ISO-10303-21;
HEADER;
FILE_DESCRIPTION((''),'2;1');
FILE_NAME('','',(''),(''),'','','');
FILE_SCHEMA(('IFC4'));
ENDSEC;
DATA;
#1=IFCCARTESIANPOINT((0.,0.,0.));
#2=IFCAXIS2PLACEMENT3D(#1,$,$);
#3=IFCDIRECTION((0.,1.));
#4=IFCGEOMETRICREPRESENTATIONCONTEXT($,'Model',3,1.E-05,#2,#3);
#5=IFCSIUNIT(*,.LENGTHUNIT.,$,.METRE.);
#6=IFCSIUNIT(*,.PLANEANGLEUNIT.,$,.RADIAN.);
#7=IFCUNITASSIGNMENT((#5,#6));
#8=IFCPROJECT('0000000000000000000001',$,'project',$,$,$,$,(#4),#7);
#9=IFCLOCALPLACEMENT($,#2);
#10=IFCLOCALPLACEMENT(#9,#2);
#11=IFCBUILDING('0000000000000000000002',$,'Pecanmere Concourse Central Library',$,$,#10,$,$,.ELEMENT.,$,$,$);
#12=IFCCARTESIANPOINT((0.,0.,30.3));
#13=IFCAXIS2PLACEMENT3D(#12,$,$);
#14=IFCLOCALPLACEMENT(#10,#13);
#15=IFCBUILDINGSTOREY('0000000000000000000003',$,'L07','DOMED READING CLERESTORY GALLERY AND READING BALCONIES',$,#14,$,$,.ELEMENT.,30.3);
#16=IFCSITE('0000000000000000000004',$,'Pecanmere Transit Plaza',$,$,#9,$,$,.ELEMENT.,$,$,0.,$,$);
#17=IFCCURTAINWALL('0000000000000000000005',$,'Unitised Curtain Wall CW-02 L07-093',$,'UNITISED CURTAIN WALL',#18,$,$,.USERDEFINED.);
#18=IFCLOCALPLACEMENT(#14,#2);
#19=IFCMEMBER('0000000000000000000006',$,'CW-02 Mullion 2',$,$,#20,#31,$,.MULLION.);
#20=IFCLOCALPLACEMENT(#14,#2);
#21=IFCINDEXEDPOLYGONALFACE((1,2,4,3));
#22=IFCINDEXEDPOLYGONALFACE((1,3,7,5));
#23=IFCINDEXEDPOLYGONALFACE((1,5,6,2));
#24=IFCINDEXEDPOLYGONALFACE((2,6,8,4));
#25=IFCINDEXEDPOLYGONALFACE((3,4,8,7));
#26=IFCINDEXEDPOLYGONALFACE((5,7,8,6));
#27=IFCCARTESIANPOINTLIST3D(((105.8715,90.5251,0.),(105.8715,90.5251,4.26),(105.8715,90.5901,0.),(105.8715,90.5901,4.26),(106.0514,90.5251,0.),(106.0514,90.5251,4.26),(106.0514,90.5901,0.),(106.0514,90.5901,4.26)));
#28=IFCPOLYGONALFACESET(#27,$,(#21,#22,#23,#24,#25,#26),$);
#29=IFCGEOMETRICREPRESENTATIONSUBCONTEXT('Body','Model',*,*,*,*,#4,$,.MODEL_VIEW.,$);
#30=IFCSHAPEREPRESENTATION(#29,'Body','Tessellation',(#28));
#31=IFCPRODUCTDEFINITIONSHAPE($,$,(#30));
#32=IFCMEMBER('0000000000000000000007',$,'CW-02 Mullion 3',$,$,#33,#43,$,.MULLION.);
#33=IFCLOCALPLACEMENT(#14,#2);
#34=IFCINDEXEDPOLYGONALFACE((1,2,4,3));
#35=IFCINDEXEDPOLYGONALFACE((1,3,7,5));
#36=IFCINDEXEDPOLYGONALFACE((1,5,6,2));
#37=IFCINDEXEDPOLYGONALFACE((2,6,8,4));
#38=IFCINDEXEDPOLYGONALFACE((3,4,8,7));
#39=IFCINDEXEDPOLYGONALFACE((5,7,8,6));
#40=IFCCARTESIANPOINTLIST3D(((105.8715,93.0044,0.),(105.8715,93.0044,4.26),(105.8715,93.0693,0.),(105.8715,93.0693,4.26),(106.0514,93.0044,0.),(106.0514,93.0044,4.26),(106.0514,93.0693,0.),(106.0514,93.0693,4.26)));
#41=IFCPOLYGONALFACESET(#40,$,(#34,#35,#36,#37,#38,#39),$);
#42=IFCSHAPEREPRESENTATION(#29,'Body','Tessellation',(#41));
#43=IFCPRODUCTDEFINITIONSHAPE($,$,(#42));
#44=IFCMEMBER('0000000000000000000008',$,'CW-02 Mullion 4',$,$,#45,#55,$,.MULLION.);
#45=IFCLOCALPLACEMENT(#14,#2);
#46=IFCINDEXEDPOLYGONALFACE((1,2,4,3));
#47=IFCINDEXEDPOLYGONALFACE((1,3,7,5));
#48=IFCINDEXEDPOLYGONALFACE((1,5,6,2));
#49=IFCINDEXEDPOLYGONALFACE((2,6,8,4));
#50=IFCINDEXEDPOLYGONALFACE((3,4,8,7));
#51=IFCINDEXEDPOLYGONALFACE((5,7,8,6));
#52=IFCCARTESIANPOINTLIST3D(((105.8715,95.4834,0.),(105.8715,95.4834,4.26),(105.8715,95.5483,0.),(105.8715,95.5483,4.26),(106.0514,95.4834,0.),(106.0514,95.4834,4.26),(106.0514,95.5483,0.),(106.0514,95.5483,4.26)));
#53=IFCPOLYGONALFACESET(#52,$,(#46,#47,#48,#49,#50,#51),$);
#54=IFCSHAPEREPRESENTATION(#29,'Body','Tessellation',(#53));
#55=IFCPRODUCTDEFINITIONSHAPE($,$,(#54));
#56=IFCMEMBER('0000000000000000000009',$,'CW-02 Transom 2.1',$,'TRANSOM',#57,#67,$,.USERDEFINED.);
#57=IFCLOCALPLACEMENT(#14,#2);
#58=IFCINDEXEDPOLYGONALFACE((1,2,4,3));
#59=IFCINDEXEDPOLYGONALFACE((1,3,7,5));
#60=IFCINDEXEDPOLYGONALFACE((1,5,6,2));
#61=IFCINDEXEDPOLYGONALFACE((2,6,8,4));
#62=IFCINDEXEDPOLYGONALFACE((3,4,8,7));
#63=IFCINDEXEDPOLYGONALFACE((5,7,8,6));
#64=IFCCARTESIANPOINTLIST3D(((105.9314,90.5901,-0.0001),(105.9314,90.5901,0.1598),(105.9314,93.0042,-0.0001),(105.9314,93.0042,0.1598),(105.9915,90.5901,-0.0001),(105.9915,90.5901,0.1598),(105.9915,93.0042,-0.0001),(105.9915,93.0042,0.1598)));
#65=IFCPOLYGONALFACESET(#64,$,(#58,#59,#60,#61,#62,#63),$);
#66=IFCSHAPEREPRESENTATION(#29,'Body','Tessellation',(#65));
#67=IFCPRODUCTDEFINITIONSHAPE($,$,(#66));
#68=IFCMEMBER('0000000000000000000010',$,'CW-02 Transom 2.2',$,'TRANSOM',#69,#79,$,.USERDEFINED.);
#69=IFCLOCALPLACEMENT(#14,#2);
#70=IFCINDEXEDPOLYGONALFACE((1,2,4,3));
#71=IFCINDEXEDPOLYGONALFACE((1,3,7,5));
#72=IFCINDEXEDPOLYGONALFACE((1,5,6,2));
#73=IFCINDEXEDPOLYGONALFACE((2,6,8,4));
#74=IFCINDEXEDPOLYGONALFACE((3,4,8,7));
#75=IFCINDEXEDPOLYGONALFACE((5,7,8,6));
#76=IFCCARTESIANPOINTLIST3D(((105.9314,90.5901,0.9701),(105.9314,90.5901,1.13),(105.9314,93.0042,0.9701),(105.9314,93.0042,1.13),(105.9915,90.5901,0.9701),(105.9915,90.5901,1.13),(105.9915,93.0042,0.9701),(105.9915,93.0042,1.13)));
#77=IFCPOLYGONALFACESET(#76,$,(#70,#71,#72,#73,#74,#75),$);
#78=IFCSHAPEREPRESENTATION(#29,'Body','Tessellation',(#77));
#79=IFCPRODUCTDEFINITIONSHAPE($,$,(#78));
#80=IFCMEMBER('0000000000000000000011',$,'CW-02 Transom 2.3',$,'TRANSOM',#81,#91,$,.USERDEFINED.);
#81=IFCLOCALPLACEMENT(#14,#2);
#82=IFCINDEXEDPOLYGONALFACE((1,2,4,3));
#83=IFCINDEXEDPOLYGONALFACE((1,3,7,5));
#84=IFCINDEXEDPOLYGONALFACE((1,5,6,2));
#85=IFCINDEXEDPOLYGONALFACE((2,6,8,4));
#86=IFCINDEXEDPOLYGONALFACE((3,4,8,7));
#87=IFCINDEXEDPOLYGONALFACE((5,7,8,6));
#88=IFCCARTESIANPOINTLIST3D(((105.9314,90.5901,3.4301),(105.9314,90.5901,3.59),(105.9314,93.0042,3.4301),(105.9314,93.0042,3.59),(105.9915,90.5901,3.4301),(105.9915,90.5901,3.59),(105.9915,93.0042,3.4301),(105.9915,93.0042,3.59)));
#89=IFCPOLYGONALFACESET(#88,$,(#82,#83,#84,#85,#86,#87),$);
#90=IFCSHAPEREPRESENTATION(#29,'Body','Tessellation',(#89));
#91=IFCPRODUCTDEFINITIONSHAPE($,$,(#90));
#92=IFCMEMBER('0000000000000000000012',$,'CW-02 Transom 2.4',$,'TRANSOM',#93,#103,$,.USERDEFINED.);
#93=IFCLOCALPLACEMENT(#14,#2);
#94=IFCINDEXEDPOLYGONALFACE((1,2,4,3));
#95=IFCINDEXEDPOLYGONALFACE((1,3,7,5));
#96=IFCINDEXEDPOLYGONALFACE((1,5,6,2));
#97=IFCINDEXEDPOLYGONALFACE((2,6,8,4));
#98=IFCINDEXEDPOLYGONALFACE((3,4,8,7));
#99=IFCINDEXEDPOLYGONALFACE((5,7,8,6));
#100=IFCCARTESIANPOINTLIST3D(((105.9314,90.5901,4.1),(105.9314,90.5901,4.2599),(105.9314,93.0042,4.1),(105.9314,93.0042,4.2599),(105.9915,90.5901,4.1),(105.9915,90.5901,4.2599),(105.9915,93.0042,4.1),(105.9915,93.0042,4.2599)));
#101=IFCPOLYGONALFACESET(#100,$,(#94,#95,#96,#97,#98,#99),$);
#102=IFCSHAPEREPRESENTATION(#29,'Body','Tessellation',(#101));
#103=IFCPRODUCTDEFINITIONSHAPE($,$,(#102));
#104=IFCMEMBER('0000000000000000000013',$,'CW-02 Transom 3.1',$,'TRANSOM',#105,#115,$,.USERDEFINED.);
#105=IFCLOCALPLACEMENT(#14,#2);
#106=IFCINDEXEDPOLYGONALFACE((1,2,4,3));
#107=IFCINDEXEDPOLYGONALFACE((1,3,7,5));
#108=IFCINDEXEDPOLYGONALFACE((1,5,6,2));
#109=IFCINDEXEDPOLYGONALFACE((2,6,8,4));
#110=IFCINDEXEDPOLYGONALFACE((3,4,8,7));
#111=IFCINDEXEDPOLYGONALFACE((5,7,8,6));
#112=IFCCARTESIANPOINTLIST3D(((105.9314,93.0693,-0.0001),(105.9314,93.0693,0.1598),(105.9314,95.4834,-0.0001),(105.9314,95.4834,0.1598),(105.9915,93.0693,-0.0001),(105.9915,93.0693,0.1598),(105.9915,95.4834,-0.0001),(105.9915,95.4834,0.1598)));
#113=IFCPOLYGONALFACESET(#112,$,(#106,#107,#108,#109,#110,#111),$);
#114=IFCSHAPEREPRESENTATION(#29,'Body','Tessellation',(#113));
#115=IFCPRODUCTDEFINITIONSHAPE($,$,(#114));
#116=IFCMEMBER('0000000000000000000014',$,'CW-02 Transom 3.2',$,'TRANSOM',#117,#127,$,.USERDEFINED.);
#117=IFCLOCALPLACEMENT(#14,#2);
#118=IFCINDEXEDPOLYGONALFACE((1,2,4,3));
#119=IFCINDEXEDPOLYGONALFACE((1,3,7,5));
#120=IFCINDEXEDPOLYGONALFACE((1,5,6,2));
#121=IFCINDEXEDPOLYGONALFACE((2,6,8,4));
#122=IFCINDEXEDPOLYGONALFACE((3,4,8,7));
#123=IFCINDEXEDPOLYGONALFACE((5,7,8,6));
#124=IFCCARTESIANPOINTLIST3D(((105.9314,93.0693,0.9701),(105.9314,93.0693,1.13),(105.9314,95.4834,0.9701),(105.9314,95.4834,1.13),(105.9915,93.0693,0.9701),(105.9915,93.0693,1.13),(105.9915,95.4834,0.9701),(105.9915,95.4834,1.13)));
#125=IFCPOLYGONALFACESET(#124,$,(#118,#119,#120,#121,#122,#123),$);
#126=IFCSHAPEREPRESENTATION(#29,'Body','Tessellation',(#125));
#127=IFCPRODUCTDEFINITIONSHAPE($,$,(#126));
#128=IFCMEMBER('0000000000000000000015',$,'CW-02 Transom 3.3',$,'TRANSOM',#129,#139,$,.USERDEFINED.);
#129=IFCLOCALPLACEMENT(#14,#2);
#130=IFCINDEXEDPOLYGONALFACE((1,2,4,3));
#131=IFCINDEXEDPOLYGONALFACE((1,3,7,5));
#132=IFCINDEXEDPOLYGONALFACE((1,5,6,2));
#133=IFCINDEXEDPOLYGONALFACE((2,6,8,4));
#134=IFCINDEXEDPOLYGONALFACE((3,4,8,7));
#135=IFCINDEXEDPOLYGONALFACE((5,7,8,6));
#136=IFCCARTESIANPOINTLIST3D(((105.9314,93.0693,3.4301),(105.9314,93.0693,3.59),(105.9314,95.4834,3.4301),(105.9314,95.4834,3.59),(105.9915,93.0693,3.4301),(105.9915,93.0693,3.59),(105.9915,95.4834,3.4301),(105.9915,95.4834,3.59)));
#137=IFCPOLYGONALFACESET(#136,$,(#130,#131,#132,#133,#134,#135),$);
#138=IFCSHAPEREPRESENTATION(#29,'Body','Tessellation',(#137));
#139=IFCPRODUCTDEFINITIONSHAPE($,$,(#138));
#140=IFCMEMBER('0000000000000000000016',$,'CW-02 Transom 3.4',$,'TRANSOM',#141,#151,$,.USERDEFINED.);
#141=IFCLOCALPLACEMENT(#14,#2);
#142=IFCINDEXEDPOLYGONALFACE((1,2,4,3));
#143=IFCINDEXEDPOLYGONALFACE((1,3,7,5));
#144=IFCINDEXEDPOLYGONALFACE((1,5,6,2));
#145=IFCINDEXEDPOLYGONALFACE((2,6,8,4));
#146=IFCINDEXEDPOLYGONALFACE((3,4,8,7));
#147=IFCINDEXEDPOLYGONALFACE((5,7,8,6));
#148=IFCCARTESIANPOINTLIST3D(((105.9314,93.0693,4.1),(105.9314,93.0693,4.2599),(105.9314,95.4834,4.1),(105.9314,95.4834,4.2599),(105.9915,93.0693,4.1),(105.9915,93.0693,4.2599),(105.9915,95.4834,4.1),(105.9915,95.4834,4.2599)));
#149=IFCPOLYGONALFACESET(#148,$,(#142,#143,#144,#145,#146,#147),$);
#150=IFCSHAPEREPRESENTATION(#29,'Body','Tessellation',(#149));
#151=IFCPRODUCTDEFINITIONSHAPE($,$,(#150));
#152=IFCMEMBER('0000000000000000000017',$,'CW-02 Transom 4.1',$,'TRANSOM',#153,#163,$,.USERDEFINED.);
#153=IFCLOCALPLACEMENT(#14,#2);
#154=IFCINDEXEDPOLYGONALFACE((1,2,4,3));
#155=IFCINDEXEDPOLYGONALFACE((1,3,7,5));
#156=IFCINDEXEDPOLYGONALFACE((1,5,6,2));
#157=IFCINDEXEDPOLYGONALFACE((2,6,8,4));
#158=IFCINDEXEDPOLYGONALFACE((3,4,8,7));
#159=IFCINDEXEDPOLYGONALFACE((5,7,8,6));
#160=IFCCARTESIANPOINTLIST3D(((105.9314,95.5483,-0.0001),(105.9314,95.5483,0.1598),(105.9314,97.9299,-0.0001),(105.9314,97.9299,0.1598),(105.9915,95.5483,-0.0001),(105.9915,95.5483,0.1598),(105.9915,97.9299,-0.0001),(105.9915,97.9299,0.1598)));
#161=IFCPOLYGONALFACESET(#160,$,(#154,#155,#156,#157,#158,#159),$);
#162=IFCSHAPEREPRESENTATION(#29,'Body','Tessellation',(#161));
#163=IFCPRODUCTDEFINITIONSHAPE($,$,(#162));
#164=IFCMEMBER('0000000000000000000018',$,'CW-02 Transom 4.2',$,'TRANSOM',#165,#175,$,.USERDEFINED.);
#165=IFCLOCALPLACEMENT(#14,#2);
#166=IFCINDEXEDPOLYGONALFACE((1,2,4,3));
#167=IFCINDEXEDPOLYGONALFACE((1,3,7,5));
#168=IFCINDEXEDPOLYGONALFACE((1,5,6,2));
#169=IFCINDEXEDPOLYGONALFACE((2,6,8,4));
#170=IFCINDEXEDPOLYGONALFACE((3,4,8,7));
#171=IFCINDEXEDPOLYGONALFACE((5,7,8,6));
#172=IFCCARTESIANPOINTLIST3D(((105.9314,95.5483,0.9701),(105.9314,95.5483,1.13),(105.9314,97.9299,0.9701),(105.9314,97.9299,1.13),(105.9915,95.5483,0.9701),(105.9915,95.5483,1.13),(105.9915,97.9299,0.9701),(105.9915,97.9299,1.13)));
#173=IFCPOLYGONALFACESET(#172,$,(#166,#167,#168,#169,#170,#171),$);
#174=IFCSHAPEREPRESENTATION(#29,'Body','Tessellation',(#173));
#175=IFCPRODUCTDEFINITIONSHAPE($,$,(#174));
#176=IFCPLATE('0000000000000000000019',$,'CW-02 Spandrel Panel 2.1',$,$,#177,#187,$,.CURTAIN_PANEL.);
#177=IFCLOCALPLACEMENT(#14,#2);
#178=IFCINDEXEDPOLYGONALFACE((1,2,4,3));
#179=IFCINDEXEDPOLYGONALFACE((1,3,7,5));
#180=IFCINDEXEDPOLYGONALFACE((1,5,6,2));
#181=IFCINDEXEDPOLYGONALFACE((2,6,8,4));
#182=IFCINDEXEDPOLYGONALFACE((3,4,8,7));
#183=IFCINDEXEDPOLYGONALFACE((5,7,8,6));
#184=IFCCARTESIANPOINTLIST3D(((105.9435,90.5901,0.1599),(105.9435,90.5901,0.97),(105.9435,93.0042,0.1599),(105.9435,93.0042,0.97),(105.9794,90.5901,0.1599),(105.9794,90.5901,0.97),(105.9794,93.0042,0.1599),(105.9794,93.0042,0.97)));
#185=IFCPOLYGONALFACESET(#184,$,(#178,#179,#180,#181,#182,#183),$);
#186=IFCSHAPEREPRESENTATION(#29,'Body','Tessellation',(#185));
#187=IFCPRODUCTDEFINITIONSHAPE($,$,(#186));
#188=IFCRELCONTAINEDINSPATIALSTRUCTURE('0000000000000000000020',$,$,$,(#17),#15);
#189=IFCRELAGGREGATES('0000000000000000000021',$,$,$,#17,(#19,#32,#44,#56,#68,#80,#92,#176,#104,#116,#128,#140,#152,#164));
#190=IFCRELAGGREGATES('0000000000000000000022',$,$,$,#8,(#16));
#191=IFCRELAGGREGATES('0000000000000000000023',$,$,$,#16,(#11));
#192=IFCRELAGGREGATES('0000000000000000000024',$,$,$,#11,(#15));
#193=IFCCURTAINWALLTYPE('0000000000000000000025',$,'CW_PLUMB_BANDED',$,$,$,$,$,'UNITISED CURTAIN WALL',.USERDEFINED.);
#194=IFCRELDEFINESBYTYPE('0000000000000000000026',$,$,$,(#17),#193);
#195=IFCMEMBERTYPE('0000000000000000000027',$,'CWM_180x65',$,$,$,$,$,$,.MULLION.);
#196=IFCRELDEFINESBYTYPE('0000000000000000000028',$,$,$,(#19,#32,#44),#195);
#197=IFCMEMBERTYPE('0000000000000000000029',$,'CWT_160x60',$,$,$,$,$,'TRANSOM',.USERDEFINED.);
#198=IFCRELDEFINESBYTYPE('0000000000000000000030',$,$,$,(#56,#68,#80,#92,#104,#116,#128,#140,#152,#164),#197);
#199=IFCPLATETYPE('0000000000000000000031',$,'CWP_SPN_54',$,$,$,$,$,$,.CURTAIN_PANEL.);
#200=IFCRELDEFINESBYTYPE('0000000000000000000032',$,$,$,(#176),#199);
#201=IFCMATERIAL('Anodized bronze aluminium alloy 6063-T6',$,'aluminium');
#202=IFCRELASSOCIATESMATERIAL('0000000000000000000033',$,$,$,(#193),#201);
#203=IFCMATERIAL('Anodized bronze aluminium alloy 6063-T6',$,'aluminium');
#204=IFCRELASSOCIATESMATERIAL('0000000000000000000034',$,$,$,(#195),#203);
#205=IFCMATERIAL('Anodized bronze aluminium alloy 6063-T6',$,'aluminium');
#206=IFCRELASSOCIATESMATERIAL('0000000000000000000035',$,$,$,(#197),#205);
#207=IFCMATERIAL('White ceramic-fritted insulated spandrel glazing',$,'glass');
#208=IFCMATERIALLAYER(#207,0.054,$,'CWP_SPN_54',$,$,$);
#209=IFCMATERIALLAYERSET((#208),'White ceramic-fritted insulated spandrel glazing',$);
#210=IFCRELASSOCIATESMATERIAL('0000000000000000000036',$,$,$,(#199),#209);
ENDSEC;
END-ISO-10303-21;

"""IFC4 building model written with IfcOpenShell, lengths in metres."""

from ifc_helpers import new_model, si_unit, direction, frame, origin, origin_2d, place, context, subcontext, project, spatial, rectangle, extrude, material, layer, layer_set, material_profile, profile_set, type_object, element, aggregate, save


model = new_model("IFC4")

# Units and contexts
model_context = context("Model", 3, precision=1e-05, world=origin(), true_north=direction((0.0, 1.0)))
body_context = subcontext(model_context, "Body", "Model", "MODEL_VIEW")
ifc_project = project(units=[si_unit("LENGTHUNIT", "METRE"), si_unit("PLANEANGLEUNIT", "RADIAN")], contexts=[model_context])

# Site, building, storey
site_placement = place(None, origin())
site = spatial("IfcSite", under=ifc_project, at=site_placement, Name="Pecanmere Transit Plaza", CompositionType="ELEMENT", RefElevation=0.0)
building_placement = place(site_placement, origin())
building = spatial("IfcBuilding", under=site, at=building_placement, Name="Pecanmere Concourse Central Library", CompositionType="ELEMENT")
storey_placement = place(building_placement, frame((0.0, 0.0, 30.3)))
storey = spatial("IfcBuildingStorey", under=building, at=storey_placement, Name="L07", Description="DOMED READING CLERESTORY GALLERY AND READING BALCONIES", CompositionType="ELEMENT", Elevation=30.3)

# Curtain wall, members, plate
ifc_material_1 = material(Name="Anodized bronze aluminium alloy 6063-T6", Category="aluminium")
curtain_wall_type = type_object("IfcCurtainWallType", Name="CW_PLUMB_BANDED", ElementType="UNITISED CURTAIN WALL", PredefinedType="USERDEFINED", material=ifc_material_1)
curtain_wall_placement = place(storey_placement, origin())
curtain_wall = element("IfcCurtainWall", 1, at=curtain_wall_placement, inside=storey, type_object=curtain_wall_type, Name="Unitised Curtain Wall CW-02 L07-093", ObjectType="UNITISED CURTAIN WALL", PredefinedType="USERDEFINED")
ifc_material_2 = material(Name="Anodized bronze aluminium alloy 6063-T6", Category="aluminium")
ifc_material_profile_1 = material_profile(ifc_material_2, rectangle(XDim=0.0649, YDim=0.1799, at=origin_2d()), Name="AL 65x180")
ifc_profile_set_1 = profile_set([ifc_material_profile_1], Name="Anodized bronze aluminium alloy 6063-T6")
member_type_1 = type_object("IfcMemberType", Name="CWM_180x65", PredefinedType="MULLION", material=ifc_profile_set_1)
member_1_placement = place(storey_placement, frame((105.9614, 90.5576, 0.0), z_axis=(0.0, 0.0, 1.0), x_axis=(0.0, 1.0, 0.0)))
member_1 = element("IfcMember", 2, at=member_1_placement, type_object=member_type_1, Name="CW-02 Mullion 2", PredefinedType="MULLION", context=body_context, shape_type="SweptSolid", body=[
    extrude(rectangle(XDim=0.0649, YDim=0.1799, at=origin_2d()), origin(), (0.0, 0.0, 1.0), 4.26),
])
member_2_placement = place(storey_placement, frame((105.9614, 93.0369, 0.0), z_axis=(0.0, 0.0, 1.0), x_axis=(0.0, 1.0, 0.0)))
member_2 = element("IfcMember", 3, at=member_2_placement, type_object=member_type_1, Name="CW-02 Mullion 3", PredefinedType="MULLION", context=body_context, shape_type="SweptSolid", body=[
    extrude(rectangle(XDim=0.0649, YDim=0.1799, at=origin_2d()), origin(), (0.0, 0.0, 1.0), 4.26),
])
member_3_placement = place(storey_placement, frame((105.9614, 95.5159, 0.0), z_axis=(0.0, 0.0, 1.0), x_axis=(0.0, 1.0, 0.0)))
member_3 = element("IfcMember", 4, at=member_3_placement, type_object=member_type_1, Name="CW-02 Mullion 4", PredefinedType="MULLION", context=body_context, shape_type="SweptSolid", body=[
    extrude(rectangle(XDim=0.0649, YDim=0.1799, at=origin_2d()), origin(), (0.0, 0.0, 1.0), 4.26),
])
ifc_material_3 = material(Name="Anodized bronze aluminium alloy 6063-T6", Category="aluminium")
ifc_material_profile_2 = material_profile(ifc_material_3, rectangle(XDim=0.0601, YDim=0.1599, at=origin_2d()), Name="AL 60x160")
ifc_profile_set_2 = profile_set([ifc_material_profile_2], Name="Anodized bronze aluminium alloy 6063-T6")
member_type_2 = type_object("IfcMemberType", Name="CWT_160x60", ElementType="TRANSOM", PredefinedType="USERDEFINED", material=ifc_profile_set_2)
member_4_placement = place(storey_placement, frame((105.9614, 90.5901, 0.0798), z_axis=(0.0, 1.0, 0.0), x_axis=(-1.0, 0.0, 0.0)))
member_4 = element("IfcMember", 5, at=member_4_placement, type_object=member_type_2, Name="CW-02 Transom 2.1", ObjectType="TRANSOM", PredefinedType="USERDEFINED", context=body_context, shape_type="SweptSolid", body=[
    extrude(rectangle(XDim=0.0601, YDim=0.1599, at=origin_2d()), origin(), (0.0, 0.0, 1.0), 2.4141),
])
member_5_placement = place(storey_placement, frame((105.9614, 90.5901, 1.05), z_axis=(0.0, 1.0, 0.0), x_axis=(-1.0, 0.0, 0.0)))
member_5 = element("IfcMember", 6, at=member_5_placement, type_object=member_type_2, Name="CW-02 Transom 2.2", ObjectType="TRANSOM", PredefinedType="USERDEFINED", context=body_context, shape_type="SweptSolid", body=[
    extrude(rectangle(XDim=0.0601, YDim=0.1599, at=origin_2d()), origin(), (0.0, 0.0, 1.0), 2.4141),
])
member_6_placement = place(storey_placement, frame((105.9614, 90.5901, 3.51), z_axis=(0.0, 1.0, 0.0), x_axis=(-1.0, 0.0, 0.0)))
member_6 = element("IfcMember", 7, at=member_6_placement, type_object=member_type_2, Name="CW-02 Transom 2.3", ObjectType="TRANSOM", PredefinedType="USERDEFINED", context=body_context, shape_type="SweptSolid", body=[
    extrude(rectangle(XDim=0.0601, YDim=0.1599, at=origin_2d()), origin(), (0.0, 0.0, 1.0), 2.4141),
])
member_7_placement = place(storey_placement, frame((105.9614, 90.5901, 4.1799), z_axis=(0.0, 1.0, 0.0), x_axis=(-1.0, 0.0, 0.0)))
member_7 = element("IfcMember", 8, at=member_7_placement, type_object=member_type_2, Name="CW-02 Transom 2.4", ObjectType="TRANSOM", PredefinedType="USERDEFINED", context=body_context, shape_type="SweptSolid", body=[
    extrude(rectangle(XDim=0.0601, YDim=0.1599, at=origin_2d()), origin(), (0.0, 0.0, 1.0), 2.4141),
])
member_8_placement = place(storey_placement, frame((105.9614, 93.0693, 0.0798), z_axis=(0.0, 1.0, 0.0), x_axis=(-1.0, 0.0, 0.0)))
member_8 = element("IfcMember", 9, at=member_8_placement, type_object=member_type_2, Name="CW-02 Transom 3.1", ObjectType="TRANSOM", PredefinedType="USERDEFINED", context=body_context, shape_type="SweptSolid", body=[
    extrude(rectangle(XDim=0.0601, YDim=0.1599, at=origin_2d()), origin(), (0.0, 0.0, 1.0), 2.4141),
])
member_9_placement = place(storey_placement, frame((105.9614, 93.0693, 1.05), z_axis=(0.0, 1.0, 0.0), x_axis=(-1.0, 0.0, 0.0)))
member_9 = element("IfcMember", 10, at=member_9_placement, type_object=member_type_2, Name="CW-02 Transom 3.2", ObjectType="TRANSOM", PredefinedType="USERDEFINED", context=body_context, shape_type="SweptSolid", body=[
    extrude(rectangle(XDim=0.0601, YDim=0.1599, at=origin_2d()), origin(), (0.0, 0.0, 1.0), 2.4141),
])
member_10_placement = place(storey_placement, frame((105.9614, 93.0693, 3.51), z_axis=(0.0, 1.0, 0.0), x_axis=(-1.0, 0.0, 0.0)))
member_10 = element("IfcMember", 11, at=member_10_placement, type_object=member_type_2, Name="CW-02 Transom 3.3", ObjectType="TRANSOM", PredefinedType="USERDEFINED", context=body_context, shape_type="SweptSolid", body=[
    extrude(rectangle(XDim=0.0601, YDim=0.1599, at=origin_2d()), origin(), (0.0, 0.0, 1.0), 2.4141),
])
member_11_placement = place(storey_placement, frame((105.9614, 93.0693, 4.1799), z_axis=(0.0, 1.0, 0.0), x_axis=(-1.0, 0.0, 0.0)))
member_11 = element("IfcMember", 12, at=member_11_placement, type_object=member_type_2, Name="CW-02 Transom 3.4", ObjectType="TRANSOM", PredefinedType="USERDEFINED", context=body_context, shape_type="SweptSolid", body=[
    extrude(rectangle(XDim=0.0601, YDim=0.1599, at=origin_2d()), origin(), (0.0, 0.0, 1.0), 2.4141),
])
member_12_placement = place(storey_placement, frame((105.9614, 95.5483, 0.0798), z_axis=(0.0, 1.0, 0.0), x_axis=(-1.0, 0.0, 0.0)))
member_12 = element("IfcMember", 13, at=member_12_placement, type_object=member_type_2, Name="CW-02 Transom 4.1", ObjectType="TRANSOM", PredefinedType="USERDEFINED", context=body_context, shape_type="SweptSolid", body=[
    extrude(rectangle(XDim=0.0601, YDim=0.1599, at=origin_2d()), origin(), (0.0, 0.0, 1.0), 2.3816),
])
member_13_placement = place(storey_placement, frame((105.9614, 95.5483, 1.05), z_axis=(0.0, 1.0, 0.0), x_axis=(-1.0, 0.0, 0.0)))
member_13 = element("IfcMember", 14, at=member_13_placement, type_object=member_type_2, Name="CW-02 Transom 4.2", ObjectType="TRANSOM", PredefinedType="USERDEFINED", context=body_context, shape_type="SweptSolid", body=[
    extrude(rectangle(XDim=0.0601, YDim=0.1599, at=origin_2d()), origin(), (0.0, 0.0, 1.0), 2.3816),
])
ifc_material_4 = material(Name="White ceramic-fritted insulated spandrel glazing", Category="glass")
ifc_layer_1 = layer(ifc_material_4, 0.054, Name="CWP_SPN_54")
ifc_layer_set_1 = layer_set([ifc_layer_1], Name="White ceramic-fritted insulated spandrel glazing")
plate_type_1 = type_object("IfcPlateType", Name="CWP_SPN_54", PredefinedType="CURTAIN_PANEL", material=ifc_layer_set_1)
plate_1_placement = place(storey_placement, frame((105.9614, 91.7971, 0.1599), z_axis=(0.0, 0.0, 1.0), x_axis=(0.0, 1.0, 0.0)))
plate_1 = element("IfcPlate", 15, at=plate_1_placement, type_object=plate_type_1, Name="CW-02 Spandrel Panel 2.1", PredefinedType="CURTAIN_PANEL", context=body_context, shape_type="SweptSolid", body=[
    extrude(rectangle(XDim=2.4141, YDim=0.0359, at=origin_2d()), origin(), (0.0, 0.0, 1.0), 0.8101),
])
aggregate(curtain_wall, [member_1, member_2, member_3, member_4, member_5, member_6, member_7, plate_1, member_8, member_9, member_10, member_11, member_12, member_13])

save(model, "model.ifc")
